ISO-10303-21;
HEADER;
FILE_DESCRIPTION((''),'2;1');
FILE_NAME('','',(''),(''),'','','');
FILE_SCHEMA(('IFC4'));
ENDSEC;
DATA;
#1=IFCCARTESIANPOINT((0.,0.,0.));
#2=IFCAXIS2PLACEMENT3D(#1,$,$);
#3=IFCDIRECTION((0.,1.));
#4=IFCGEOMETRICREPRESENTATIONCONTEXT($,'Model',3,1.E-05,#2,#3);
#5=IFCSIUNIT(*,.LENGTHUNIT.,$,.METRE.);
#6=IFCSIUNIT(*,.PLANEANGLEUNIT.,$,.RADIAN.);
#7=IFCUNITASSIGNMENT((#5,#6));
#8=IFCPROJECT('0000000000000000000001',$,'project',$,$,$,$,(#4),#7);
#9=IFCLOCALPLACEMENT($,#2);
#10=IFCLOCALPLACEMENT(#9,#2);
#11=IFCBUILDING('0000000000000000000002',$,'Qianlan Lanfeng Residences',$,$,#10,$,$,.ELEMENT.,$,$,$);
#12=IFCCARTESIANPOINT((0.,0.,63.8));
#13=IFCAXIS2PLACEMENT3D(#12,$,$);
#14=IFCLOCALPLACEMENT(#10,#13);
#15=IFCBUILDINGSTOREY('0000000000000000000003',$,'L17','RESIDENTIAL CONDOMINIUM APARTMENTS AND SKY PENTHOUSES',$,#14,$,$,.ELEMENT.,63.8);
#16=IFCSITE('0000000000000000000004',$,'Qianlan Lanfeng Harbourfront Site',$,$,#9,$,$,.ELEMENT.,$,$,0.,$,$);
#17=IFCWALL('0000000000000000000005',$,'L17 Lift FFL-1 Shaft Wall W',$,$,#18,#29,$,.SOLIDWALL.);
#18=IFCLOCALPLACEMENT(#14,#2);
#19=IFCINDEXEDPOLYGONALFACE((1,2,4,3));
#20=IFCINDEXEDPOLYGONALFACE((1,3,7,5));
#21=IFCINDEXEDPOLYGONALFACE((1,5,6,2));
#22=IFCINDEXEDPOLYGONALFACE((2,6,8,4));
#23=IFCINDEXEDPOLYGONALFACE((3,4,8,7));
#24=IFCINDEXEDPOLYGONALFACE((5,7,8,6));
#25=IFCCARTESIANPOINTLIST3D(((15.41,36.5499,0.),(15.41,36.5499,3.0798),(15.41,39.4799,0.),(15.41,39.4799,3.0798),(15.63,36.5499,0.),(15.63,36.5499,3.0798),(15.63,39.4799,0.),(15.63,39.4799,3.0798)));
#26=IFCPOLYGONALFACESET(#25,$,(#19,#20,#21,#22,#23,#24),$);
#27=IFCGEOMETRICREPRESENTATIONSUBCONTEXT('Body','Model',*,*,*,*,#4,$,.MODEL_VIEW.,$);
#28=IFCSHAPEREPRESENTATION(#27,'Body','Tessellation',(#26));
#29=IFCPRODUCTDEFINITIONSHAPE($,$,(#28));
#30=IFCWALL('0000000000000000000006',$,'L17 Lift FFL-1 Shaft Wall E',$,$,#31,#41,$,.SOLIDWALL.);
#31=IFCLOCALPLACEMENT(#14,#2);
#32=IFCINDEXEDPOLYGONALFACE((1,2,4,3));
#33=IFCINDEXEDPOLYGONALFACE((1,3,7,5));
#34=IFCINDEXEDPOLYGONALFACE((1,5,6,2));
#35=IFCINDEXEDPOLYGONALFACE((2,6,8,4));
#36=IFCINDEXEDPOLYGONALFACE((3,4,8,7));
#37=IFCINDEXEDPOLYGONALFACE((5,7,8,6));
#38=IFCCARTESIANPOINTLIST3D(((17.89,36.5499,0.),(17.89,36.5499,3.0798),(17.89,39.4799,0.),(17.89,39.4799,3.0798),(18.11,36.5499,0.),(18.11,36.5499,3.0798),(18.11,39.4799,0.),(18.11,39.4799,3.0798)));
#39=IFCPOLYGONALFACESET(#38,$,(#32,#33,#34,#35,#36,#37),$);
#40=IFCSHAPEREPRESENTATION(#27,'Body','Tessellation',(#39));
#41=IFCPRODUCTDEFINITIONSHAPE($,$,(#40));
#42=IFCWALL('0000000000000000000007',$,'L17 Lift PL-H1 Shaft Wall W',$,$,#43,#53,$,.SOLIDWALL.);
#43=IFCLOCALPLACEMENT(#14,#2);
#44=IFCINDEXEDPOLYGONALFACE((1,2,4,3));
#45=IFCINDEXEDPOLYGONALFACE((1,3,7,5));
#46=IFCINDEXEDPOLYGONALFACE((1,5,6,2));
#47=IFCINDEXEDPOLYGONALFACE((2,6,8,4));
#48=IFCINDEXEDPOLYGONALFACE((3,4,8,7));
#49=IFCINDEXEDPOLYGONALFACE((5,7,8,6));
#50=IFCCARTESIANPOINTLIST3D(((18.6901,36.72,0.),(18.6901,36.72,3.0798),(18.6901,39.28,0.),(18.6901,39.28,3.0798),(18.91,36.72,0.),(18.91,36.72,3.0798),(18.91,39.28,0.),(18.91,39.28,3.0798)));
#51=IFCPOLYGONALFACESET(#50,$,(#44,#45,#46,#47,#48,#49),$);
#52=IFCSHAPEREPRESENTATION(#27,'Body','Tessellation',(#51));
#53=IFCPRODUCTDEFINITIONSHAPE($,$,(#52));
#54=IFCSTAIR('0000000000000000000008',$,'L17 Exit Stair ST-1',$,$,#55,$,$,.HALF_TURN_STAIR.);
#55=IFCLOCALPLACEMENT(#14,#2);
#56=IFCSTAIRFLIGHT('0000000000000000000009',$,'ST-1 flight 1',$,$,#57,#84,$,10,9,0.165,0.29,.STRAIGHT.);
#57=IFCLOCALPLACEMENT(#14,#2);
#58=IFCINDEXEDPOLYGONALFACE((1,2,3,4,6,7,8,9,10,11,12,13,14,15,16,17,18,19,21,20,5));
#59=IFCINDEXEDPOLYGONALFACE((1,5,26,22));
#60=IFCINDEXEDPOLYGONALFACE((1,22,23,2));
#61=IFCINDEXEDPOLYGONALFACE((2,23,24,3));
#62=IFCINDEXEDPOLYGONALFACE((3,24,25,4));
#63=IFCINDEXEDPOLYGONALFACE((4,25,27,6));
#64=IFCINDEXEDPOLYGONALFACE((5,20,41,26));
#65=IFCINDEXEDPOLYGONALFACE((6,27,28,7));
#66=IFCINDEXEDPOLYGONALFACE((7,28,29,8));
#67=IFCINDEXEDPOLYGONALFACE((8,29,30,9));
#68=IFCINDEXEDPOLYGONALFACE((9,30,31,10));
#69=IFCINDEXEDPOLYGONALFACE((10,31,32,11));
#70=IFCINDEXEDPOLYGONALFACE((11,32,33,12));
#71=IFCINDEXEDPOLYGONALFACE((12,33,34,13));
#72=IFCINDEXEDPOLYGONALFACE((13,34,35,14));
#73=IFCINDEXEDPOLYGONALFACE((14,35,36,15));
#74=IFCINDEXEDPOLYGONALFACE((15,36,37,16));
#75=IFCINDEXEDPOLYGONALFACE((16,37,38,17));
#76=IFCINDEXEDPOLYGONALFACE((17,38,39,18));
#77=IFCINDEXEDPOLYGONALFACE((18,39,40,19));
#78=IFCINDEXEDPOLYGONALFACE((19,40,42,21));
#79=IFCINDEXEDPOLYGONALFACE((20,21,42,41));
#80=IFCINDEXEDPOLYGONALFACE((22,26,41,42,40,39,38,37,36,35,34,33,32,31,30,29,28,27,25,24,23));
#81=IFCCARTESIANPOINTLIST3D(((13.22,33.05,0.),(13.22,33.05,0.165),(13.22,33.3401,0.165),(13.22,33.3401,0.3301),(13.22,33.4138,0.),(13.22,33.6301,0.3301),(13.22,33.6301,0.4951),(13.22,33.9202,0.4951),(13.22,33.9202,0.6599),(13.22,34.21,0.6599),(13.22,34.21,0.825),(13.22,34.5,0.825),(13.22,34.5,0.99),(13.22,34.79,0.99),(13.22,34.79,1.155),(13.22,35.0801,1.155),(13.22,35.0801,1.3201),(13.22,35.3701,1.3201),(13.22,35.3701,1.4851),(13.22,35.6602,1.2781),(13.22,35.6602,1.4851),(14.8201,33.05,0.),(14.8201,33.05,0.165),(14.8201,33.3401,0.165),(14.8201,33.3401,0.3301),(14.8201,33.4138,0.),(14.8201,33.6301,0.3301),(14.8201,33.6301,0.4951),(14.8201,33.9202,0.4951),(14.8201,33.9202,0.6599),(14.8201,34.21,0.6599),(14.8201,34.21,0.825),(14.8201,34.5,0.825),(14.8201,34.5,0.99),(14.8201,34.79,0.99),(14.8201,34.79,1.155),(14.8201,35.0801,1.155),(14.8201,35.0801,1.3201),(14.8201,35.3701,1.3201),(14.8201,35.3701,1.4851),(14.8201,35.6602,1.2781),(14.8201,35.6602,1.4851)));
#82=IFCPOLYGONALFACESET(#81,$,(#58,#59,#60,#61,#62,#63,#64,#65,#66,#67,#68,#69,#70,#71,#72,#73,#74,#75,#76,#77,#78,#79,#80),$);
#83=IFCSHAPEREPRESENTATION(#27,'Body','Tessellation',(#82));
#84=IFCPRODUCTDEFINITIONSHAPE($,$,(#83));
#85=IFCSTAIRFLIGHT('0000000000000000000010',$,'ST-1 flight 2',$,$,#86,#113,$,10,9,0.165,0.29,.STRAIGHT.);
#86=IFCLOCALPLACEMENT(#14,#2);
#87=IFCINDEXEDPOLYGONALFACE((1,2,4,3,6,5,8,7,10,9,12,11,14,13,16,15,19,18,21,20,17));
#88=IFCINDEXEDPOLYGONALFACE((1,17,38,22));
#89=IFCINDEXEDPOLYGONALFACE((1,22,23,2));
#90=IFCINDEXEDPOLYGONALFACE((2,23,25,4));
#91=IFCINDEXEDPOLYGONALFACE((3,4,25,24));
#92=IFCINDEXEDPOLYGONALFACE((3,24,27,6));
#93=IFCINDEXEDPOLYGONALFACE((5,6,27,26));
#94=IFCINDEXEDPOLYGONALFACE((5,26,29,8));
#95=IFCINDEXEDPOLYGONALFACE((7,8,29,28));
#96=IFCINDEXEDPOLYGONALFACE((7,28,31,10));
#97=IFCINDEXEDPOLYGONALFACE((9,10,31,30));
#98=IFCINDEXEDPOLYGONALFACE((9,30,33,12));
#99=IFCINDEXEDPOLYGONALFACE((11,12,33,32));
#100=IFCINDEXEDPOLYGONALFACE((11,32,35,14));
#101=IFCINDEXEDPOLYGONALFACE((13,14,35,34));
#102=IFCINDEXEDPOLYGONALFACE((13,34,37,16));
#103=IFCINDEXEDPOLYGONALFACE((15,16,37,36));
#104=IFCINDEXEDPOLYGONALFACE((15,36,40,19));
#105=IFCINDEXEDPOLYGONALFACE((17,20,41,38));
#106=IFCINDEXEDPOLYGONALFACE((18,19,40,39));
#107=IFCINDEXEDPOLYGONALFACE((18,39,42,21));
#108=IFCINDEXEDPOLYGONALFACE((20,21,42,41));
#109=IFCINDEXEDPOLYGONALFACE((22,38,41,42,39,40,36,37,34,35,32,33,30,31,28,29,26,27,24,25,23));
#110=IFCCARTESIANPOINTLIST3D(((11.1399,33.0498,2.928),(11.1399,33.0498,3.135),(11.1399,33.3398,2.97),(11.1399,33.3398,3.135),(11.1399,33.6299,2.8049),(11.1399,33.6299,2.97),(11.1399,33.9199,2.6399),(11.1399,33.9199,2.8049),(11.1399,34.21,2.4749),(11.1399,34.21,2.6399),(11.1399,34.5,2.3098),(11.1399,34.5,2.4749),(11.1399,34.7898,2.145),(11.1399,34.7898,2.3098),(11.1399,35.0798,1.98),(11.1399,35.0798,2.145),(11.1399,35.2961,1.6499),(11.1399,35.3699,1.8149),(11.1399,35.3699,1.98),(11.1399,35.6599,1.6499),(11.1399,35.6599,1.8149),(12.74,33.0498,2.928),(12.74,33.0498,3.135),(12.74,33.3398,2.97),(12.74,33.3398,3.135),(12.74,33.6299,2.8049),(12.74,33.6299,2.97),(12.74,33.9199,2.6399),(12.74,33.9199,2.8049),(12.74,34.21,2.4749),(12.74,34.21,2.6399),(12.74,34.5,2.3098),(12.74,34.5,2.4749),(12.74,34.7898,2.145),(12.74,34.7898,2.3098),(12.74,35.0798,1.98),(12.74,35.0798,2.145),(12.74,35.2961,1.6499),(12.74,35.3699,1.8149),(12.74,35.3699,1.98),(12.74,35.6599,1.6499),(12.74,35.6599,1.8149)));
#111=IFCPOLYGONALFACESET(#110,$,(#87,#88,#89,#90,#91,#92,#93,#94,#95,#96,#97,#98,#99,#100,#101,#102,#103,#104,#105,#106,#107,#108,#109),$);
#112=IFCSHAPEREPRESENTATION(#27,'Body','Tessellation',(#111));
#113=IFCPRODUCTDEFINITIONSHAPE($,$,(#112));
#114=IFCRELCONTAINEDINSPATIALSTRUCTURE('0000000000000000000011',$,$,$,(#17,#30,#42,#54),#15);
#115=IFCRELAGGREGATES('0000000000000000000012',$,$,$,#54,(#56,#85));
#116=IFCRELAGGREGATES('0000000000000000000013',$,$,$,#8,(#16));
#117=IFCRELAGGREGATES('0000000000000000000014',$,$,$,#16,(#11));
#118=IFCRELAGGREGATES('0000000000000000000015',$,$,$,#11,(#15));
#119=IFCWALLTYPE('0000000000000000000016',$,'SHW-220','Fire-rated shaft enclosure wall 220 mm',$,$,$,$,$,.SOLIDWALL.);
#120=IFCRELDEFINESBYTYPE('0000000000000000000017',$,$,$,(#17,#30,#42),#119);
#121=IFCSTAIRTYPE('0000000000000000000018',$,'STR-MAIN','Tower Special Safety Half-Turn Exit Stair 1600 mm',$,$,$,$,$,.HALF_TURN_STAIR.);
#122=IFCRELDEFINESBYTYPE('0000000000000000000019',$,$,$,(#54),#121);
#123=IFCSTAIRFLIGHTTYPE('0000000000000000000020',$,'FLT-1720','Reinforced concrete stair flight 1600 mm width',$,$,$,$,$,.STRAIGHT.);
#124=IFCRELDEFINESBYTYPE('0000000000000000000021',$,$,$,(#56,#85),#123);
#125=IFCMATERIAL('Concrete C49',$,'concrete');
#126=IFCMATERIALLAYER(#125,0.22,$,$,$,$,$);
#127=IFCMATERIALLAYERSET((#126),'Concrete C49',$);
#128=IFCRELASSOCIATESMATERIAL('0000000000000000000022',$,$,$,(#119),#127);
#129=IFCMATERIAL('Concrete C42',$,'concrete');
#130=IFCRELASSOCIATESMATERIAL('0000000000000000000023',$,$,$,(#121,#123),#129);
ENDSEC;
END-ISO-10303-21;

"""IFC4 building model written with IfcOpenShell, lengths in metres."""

from ifc_helpers import new_model, si_unit, direction, frame, frame_2d, origin, place, context, subcontext, project, spatial, polyline, rectangle, outline, extrude, material, layer, layer_set, type_object, element, aggregate, save


model = new_model("IFC4")

# Units and contexts
model_context = context("Model", 3, precision=1e-05, world=origin(), true_north=direction((0.0, 1.0)))
body_context = subcontext(model_context, "Body", "Model", "MODEL_VIEW")
ifc_project = project(units=[si_unit("LENGTHUNIT", "METRE"), si_unit("PLANEANGLEUNIT", "RADIAN")], contexts=[model_context])

# Site, building, storey
site_placement = place(None, origin())
site = spatial("IfcSite", under=ifc_project, at=site_placement, Name="Qianlan Lanfeng Harbourfront Site", CompositionType="ELEMENT", RefElevation=0.0)
building_placement = place(site_placement, origin())
building = spatial("IfcBuilding", under=site, at=building_placement, Name="Qianlan Lanfeng Residences", CompositionType="ELEMENT")
storey_placement = place(building_placement, frame((0.0, 0.0, 63.8)))
storey = spatial("IfcBuildingStorey", under=building, at=storey_placement, Name="L17", Description="RESIDENTIAL CONDOMINIUM APARTMENTS AND SKY PENTHOUSES", CompositionType="ELEMENT", Elevation=63.8)

# Walls
ifc_material_1 = material(Name="Concrete C49", Category="concrete")
ifc_layer_1 = layer(ifc_material_1, 0.22)
ifc_layer_set_1 = layer_set([ifc_layer_1], Name="Concrete C49")
wall_type_1 = type_object("IfcWallType", Name="SHW-220", Description="Fire-rated shaft enclosure wall 220 mm", PredefinedType="SOLIDWALL", material=ifc_layer_set_1)
for number, where, z_axis, x_axis, name in (
    (1, (15.52, 36.55, 0.0), (0.0, 0.0, 1.0), (0.0, 1.0, 0.0), "L17 Lift FFL-1 Shaft Wall W"),
    (2, (18.0, 36.55, 0.0), (0.0, 0.0, 1.0), (0.0, 1.0, 0.0), "L17 Lift FFL-1 Shaft Wall E"),
):
    element("IfcWall", number, at=place(storey_placement, frame(where, z_axis=z_axis, x_axis=x_axis)), inside=storey, type_object=wall_type_1, Name=name, PredefinedType="SOLIDWALL", context=body_context, shape_type="SweptSolid", body=[
        extrude(rectangle(XDim=2.9299, YDim=0.22, at=frame_2d((1.4648, 0.0))), origin(), (0.0, 0.0, 1.0), 3.0798),
    ])
wall_1_placement = place(storey_placement, frame((18.8, 36.72, 0.0), z_axis=(0.0, 0.0, 1.0), x_axis=(0.0, 1.0, 0.0)))
element("IfcWall", 3, at=wall_1_placement, inside=storey, type_object=wall_type_1, Name="L17 Lift PL-H1 Shaft Wall W", PredefinedType="SOLIDWALL", context=body_context, shape_type="SweptSolid", body=[
    extrude(rectangle(XDim=2.5601, YDim=0.22, at=frame_2d((1.28, 0.0))), origin(), (0.0, 0.0, 1.0), 3.0798),
])

# Stair, stair flights
ifc_material_2 = material(Name="Concrete C42", Category="concrete")
stair_type = type_object("IfcStairType", Name="STR-MAIN", Description="Tower Special Safety Half-Turn Exit Stair 1600 mm", PredefinedType="HALF_TURN_STAIR", material=ifc_material_2)
stair_placement = place(storey_placement, origin())
stair = element("IfcStair", 4, at=stair_placement, inside=storey, type_object=stair_type, Name="L17 Exit Stair ST-1", PredefinedType="HALF_TURN_STAIR")
stair_flight_type = type_object("IfcStairFlightType", Name="FLT-1720", Description="Reinforced concrete stair flight 1600 mm width", PredefinedType="STRAIGHT", material=ifc_material_2)
stair_flight_1_placement = place(storey_placement, frame((14.02, 33.05, 0.0), z_axis=(0.0, 0.0, 1.0), x_axis=(0.0, 1.0, 0.0)))
stair_flight_1 = element("IfcStairFlight", 5, at=stair_flight_1_placement, type_object=stair_flight_type, Name="ST-1 flight 1", NumberOfRisers=10, NumberOfTreads=9, PredefinedType="STRAIGHT", RiserHeight=0.165, TreadLength=0.29, context=body_context, shape_type="SweptSolid", body=[
    extrude(outline(polyline([(0.0, 0.0), (0.0, 0.165), (0.29, 0.165), (0.29, 0.3301), (0.5801, 0.3301), (0.5801, 0.4951), (0.8701, 0.4951), (0.8701, 0.6599), (1.1599, 0.6599), (1.1599, 0.825), (1.45, 0.825), (1.45, 0.99), (1.74, 0.99), (1.74, 1.155), (2.03, 1.155), (2.03, 1.3201), (2.3201, 1.3201), (2.3201, 1.4851), (2.6101, 1.4851), (2.6101, 1.6499), (2.6101, 1.2781), (0.3638, 0.0), (0.0, 0.0)])), frame((0.0, 0.8, 0.0), z_axis=(0.0, -1.0, 0.0), x_axis=(1.0, 0.0, 0.0)), (0.0, 0.0, 1.0), 1.6001),
])
stair_flight_2_placement = place(storey_placement, frame((11.9399, 35.6599, 1.6499), z_axis=(0.0, 0.0, 1.0), x_axis=(0.0, -1.0, 0.0)))
stair_flight_2 = element("IfcStairFlight", 6, at=stair_flight_2_placement, type_object=stair_flight_type, Name="ST-1 flight 2", NumberOfRisers=10, NumberOfTreads=9, PredefinedType="STRAIGHT", RiserHeight=0.165, TreadLength=0.29, context=body_context, shape_type="SweptSolid", body=[
    extrude(outline(polyline([(0.0, 0.0), (0.0, 0.165), (0.29, 0.165), (0.29, 0.3301), (0.5801, 0.3301), (0.5801, 0.4951), (0.8701, 0.4951), (0.8701, 0.6599), (1.1599, 0.6599), (1.1599, 0.825), (1.45, 0.825), (1.45, 0.99), (1.74, 0.99), (1.74, 1.155), (2.03, 1.155), (2.03, 1.3201), (2.3201, 1.3201), (2.3201, 1.4851), (2.6101, 1.4851), (2.6101, 1.6499), (2.6101, 1.2781), (0.3638, 0.0), (0.0, 0.0)])), frame((0.0, 0.8, 0.0), z_axis=(0.0, -1.0, 0.0), x_axis=(1.0, 0.0, 0.0)), (0.0, 0.0, 1.0), 1.6001),
])
aggregate(stair, [stair_flight_1, stair_flight_2])

save(model, "model.ifc")
